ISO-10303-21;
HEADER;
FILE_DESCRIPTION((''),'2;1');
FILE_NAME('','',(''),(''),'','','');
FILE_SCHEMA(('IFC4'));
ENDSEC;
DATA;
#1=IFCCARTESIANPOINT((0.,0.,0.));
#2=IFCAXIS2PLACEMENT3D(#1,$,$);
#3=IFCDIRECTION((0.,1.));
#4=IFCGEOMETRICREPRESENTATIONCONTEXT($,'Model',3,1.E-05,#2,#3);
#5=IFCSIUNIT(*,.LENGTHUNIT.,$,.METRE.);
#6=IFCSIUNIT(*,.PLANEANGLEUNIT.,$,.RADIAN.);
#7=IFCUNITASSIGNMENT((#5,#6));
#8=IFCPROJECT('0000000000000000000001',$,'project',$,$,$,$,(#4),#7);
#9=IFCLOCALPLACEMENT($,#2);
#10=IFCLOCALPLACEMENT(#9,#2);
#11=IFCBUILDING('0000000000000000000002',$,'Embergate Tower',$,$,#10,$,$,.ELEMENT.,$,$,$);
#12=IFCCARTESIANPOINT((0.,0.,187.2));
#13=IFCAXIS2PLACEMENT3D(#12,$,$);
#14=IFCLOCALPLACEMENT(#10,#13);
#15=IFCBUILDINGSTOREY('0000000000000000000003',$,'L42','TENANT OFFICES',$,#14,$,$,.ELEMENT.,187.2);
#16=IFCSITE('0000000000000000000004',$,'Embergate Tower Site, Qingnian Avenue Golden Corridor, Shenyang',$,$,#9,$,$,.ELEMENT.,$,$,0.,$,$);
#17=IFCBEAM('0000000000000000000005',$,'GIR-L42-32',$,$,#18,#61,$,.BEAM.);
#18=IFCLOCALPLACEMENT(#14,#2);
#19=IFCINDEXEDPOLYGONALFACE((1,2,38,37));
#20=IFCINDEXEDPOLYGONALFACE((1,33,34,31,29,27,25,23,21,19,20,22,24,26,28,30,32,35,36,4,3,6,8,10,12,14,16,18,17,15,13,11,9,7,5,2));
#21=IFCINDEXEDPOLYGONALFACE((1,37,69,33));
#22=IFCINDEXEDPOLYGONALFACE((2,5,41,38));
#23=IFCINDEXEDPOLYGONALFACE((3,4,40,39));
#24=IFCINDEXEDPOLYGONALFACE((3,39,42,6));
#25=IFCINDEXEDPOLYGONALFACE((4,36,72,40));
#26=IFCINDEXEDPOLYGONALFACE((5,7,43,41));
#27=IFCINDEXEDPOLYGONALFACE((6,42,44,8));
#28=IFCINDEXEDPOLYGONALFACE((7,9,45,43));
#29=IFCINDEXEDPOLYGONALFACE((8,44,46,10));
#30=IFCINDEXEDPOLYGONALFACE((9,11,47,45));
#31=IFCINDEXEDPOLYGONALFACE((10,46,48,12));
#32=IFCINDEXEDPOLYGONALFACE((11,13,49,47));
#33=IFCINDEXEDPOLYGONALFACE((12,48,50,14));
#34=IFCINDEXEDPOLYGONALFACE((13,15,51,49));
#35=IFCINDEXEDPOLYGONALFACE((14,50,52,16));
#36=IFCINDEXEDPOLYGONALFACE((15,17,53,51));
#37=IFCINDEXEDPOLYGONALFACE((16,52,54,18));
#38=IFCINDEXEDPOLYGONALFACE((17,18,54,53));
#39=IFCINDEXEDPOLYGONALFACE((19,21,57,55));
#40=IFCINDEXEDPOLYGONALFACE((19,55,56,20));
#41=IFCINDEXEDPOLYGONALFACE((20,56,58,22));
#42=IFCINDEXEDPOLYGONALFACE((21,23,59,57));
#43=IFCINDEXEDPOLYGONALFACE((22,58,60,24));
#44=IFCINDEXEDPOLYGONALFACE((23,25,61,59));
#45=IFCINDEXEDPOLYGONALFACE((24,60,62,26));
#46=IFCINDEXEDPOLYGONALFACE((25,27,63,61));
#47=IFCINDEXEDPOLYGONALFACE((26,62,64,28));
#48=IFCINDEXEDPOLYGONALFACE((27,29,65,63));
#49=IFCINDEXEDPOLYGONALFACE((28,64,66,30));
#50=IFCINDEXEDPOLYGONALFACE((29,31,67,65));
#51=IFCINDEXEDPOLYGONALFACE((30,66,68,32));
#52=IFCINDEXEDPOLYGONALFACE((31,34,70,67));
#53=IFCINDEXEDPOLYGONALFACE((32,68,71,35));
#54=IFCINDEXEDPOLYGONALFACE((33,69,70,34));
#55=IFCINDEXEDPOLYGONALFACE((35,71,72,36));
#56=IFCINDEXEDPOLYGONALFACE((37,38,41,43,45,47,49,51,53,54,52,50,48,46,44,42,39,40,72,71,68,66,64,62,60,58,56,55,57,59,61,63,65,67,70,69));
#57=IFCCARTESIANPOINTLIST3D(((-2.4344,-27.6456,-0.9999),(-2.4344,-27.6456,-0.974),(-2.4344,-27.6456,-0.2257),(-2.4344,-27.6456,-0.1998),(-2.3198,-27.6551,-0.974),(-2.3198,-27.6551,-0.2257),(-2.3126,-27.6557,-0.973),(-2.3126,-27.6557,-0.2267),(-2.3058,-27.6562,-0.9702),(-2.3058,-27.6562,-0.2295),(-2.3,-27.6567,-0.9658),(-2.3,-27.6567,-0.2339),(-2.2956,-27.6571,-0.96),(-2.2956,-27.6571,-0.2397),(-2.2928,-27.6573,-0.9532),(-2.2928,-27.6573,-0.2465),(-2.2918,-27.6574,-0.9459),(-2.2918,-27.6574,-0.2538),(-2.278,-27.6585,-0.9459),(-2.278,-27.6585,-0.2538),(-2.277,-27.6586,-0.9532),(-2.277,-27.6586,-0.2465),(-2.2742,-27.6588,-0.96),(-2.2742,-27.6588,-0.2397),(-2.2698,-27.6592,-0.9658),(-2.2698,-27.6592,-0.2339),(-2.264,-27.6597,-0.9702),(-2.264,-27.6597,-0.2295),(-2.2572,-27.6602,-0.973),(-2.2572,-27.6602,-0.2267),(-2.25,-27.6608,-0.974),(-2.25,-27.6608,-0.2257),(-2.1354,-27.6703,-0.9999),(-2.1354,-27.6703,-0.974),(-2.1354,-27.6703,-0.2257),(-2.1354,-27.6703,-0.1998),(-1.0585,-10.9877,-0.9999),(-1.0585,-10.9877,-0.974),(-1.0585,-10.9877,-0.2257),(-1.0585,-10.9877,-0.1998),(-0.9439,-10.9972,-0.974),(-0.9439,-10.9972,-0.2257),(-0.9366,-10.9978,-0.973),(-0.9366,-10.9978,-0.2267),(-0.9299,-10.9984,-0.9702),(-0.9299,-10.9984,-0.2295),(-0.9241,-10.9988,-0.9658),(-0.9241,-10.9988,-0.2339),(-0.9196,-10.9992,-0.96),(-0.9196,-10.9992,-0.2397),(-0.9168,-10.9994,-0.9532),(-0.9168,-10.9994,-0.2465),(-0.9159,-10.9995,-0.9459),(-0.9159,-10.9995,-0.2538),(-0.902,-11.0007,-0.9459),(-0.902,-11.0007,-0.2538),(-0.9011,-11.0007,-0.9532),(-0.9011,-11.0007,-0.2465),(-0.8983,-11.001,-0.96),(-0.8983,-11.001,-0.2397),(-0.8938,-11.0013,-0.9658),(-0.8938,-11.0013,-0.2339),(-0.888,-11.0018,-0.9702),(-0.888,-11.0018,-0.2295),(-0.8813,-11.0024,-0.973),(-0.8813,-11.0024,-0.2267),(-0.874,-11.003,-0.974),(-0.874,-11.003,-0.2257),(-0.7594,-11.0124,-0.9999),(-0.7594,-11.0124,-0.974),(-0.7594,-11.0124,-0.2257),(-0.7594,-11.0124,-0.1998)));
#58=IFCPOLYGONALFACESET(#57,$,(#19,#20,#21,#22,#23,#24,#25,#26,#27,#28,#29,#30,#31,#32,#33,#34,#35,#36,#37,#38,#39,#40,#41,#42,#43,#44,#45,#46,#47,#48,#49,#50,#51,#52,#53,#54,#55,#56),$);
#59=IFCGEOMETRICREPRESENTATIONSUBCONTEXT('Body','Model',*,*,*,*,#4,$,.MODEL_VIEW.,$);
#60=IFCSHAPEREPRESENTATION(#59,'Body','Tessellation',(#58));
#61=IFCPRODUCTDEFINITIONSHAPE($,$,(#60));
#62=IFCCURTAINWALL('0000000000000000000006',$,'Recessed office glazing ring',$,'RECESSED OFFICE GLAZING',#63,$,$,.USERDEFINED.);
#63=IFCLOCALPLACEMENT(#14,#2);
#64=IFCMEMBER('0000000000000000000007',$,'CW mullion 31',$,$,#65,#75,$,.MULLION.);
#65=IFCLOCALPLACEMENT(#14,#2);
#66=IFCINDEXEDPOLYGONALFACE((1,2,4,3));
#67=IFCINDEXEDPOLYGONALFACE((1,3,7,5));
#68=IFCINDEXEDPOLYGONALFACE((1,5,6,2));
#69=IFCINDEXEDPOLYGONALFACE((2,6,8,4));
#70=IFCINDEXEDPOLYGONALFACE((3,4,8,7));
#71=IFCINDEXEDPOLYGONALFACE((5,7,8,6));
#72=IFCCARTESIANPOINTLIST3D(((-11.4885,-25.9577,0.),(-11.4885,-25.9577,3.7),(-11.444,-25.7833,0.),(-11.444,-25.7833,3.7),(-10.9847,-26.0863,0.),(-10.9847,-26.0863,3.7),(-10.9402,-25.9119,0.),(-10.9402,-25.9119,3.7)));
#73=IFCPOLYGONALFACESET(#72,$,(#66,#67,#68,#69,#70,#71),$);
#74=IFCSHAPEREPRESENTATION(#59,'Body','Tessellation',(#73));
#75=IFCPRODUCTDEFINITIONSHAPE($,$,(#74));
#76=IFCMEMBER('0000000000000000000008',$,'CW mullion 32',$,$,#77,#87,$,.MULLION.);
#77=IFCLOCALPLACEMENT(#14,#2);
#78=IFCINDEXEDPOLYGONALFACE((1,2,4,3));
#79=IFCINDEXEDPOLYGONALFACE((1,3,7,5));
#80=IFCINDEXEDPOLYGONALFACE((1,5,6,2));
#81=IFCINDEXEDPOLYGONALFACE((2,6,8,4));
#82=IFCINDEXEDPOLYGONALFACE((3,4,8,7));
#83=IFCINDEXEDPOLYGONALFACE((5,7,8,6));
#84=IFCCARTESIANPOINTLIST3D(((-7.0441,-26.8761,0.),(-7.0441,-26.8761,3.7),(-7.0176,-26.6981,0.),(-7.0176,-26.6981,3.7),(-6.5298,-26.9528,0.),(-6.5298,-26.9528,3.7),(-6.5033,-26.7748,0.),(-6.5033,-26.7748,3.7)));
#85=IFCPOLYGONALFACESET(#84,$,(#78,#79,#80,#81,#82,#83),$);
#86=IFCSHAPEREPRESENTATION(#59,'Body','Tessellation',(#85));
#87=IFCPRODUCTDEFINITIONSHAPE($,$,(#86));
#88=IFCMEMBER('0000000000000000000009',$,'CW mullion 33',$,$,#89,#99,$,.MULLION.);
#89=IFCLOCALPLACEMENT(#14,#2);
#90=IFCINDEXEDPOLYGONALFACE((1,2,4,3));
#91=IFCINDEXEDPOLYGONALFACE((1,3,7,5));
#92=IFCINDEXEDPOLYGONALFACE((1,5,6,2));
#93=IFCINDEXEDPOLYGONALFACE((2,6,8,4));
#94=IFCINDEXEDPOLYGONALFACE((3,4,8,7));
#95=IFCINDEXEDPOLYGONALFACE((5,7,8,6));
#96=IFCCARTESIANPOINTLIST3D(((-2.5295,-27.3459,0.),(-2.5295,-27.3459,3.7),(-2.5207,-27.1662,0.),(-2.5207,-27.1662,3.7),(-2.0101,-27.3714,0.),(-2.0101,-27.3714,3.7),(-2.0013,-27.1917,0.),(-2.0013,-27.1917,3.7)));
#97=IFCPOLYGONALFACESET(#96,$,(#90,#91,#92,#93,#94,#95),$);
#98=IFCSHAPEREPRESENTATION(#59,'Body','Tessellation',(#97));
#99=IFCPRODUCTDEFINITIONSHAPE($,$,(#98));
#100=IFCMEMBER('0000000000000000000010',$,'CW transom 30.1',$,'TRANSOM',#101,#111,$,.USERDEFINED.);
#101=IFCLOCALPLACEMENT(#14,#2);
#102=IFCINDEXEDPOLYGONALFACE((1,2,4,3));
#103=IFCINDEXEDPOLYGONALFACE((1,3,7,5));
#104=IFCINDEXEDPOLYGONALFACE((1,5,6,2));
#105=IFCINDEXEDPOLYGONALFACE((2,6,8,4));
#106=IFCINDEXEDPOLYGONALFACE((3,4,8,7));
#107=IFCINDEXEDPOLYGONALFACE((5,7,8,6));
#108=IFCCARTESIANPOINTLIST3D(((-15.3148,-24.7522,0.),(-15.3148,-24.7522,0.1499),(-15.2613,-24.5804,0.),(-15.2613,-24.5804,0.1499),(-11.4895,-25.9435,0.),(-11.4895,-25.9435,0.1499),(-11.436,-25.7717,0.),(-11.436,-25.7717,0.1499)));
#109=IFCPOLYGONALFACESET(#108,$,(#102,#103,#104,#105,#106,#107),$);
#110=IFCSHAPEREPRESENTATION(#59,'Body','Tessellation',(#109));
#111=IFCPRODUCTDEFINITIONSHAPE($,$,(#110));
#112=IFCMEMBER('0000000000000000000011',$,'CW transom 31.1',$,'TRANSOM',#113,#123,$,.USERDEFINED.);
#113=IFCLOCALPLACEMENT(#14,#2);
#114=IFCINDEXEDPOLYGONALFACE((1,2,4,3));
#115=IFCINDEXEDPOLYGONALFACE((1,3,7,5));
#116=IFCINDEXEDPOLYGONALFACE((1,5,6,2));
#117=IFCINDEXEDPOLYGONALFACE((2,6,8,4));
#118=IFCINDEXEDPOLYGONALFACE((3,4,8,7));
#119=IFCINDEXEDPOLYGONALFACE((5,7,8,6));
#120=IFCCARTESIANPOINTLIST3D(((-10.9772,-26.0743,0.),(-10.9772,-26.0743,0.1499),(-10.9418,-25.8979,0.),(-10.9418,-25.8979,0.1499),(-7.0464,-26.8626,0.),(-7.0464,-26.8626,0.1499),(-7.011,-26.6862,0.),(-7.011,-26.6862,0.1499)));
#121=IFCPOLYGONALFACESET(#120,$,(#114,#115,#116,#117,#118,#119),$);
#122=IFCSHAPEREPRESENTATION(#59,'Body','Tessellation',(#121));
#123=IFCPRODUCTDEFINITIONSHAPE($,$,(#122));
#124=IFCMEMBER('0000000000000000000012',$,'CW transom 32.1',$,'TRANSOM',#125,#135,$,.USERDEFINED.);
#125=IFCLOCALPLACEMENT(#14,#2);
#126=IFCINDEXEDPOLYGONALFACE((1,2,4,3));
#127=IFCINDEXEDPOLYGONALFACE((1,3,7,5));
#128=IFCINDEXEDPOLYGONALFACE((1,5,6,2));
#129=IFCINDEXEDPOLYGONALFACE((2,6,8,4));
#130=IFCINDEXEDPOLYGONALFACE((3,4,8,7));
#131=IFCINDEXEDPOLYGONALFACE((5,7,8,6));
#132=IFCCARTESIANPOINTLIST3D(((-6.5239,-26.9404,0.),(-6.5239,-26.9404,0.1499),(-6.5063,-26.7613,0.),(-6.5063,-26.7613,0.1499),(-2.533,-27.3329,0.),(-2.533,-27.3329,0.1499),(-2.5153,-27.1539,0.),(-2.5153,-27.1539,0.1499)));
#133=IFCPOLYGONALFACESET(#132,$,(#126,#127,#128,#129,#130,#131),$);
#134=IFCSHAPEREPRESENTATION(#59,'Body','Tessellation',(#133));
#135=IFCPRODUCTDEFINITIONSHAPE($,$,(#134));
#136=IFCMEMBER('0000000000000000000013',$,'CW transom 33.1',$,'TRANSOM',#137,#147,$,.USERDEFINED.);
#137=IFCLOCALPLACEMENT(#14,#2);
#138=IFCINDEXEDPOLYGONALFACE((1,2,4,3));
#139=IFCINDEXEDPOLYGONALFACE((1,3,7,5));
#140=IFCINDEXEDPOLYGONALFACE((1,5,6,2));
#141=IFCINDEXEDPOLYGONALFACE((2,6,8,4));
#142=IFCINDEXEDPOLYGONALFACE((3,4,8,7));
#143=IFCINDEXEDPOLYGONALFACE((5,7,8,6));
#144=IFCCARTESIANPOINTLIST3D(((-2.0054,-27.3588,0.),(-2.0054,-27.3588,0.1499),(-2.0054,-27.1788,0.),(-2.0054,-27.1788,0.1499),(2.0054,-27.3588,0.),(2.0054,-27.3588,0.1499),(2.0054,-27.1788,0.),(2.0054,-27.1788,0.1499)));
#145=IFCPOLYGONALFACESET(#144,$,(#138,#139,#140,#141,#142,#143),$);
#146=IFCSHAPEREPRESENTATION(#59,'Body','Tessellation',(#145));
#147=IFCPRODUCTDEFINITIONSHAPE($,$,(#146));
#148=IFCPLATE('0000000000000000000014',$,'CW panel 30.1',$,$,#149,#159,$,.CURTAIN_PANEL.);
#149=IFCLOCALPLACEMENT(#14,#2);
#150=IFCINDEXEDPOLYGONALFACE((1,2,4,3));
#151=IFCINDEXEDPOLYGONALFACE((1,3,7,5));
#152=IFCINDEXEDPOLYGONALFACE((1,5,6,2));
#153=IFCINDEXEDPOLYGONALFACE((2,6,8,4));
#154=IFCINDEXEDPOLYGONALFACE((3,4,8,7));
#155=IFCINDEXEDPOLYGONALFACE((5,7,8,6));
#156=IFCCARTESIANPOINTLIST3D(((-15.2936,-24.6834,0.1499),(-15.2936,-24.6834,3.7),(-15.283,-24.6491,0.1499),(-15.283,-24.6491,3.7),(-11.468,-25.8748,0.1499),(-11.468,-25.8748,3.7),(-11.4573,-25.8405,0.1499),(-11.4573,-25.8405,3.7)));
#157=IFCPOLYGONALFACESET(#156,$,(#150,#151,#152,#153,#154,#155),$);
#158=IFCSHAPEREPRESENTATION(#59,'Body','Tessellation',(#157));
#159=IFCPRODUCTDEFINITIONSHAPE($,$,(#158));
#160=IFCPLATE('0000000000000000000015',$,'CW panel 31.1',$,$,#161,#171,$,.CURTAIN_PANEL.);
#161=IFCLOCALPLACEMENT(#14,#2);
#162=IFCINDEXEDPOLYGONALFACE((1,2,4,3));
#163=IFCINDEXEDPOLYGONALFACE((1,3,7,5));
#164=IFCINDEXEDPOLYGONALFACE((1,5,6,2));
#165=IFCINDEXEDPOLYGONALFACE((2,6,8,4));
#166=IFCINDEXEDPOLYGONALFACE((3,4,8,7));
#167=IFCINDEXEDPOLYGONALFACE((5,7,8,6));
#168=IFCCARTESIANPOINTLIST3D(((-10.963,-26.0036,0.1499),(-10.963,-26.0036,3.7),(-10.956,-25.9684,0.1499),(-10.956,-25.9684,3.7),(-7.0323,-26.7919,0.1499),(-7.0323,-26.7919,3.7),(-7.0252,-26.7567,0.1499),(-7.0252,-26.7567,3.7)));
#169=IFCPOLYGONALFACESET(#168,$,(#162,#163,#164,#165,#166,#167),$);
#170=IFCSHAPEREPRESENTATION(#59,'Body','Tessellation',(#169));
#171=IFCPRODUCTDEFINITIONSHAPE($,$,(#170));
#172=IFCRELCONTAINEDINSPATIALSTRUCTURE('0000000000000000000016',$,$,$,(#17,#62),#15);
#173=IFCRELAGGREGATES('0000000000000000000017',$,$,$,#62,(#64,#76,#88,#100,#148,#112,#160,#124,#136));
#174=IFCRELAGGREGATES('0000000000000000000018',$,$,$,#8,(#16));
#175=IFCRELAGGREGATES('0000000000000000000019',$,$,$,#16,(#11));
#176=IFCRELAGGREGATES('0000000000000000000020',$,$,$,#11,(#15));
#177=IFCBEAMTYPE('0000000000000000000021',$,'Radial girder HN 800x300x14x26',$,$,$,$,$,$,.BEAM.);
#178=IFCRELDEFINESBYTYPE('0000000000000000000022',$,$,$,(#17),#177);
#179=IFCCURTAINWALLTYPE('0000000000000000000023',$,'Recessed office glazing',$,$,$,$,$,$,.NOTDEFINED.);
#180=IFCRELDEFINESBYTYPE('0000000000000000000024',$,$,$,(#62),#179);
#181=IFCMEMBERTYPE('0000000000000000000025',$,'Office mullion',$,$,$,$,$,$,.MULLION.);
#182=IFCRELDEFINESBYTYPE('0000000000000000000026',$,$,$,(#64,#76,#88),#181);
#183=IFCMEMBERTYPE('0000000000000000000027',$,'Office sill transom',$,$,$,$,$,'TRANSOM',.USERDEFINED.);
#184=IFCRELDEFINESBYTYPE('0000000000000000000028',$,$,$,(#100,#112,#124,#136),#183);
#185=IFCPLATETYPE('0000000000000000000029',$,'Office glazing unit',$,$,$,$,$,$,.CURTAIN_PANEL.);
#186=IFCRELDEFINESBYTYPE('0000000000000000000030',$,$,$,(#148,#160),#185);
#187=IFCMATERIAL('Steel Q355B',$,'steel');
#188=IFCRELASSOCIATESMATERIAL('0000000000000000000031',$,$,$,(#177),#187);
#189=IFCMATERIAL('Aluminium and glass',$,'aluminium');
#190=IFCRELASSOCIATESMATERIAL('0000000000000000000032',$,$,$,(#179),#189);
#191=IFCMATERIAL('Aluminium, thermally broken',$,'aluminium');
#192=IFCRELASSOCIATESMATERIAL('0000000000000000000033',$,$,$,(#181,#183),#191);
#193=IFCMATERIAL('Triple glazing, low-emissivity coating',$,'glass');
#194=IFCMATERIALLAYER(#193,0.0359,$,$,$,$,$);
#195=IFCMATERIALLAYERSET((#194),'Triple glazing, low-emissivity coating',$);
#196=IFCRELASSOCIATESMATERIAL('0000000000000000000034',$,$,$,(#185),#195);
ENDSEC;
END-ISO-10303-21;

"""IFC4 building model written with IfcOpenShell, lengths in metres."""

from ifc_helpers import new_model, si_unit, direction, frame, origin, origin_2d, place, context, subcontext, project, spatial, rectangle, i_section, extrude, source, transform, mapped, material, layer, layer_set, material_profile, profile_set, type_object, element, aggregate, save


model = new_model("IFC4")

# Units and contexts
model_context = context("Model", 3, precision=1e-05, world=origin(), true_north=direction((0.0, 1.0)))
body_context = subcontext(model_context, "Body", "Model", "MODEL_VIEW")
ifc_project = project(units=[si_unit("LENGTHUNIT", "METRE"), si_unit("PLANEANGLEUNIT", "RADIAN")], contexts=[model_context])

# Site, building, storey
site_placement = place(None, origin())
site = spatial("IfcSite", under=ifc_project, at=site_placement, Name="Embergate Tower Site, Qingnian Avenue Golden Corridor, Shenyang", CompositionType="ELEMENT", RefElevation=0.0)
building_placement = place(site_placement, origin())
building = spatial("IfcBuilding", under=site, at=building_placement, Name="Embergate Tower", CompositionType="ELEMENT")
storey_placement = place(building_placement, frame((0.0, 0.0, 187.2)))
storey = spatial("IfcBuildingStorey", under=building, at=storey_placement, Name="L42", Description="TENANT OFFICES", CompositionType="ELEMENT", Elevation=187.2)

# Beam
ifc_material_1 = material(Name="Steel Q355B", Category="steel")
ifc_material_profile_1 = material_profile(ifc_material_1, i_section(OverallWidth=0.3, OverallDepth=0.8, WebThickness=0.0139, FlangeThickness=0.0259, FilletRadius=0.0281, at=origin_2d()), Name="HN 800x300x14x26")
ifc_profile_set_1 = profile_set([ifc_material_profile_1], Name="Steel Q355 grade B")
beam_type_1 = type_object("IfcBeamType", Name="Radial girder HN 800x300x14x26", PredefinedType="BEAM", material=ifc_profile_set_1)
shared_shape_1 = source(origin(), body_context, "Body", "SweptSolid", [
    extrude(i_section(OverallWidth=0.3, OverallDepth=0.8, WebThickness=0.0139, FlangeThickness=0.0259, FilletRadius=0.0281, at=origin_2d()), origin(), (0.0, 0.0, 1.0), 16.7146),
])
beam_1_placement = place(storey_placement, frame((-2.2849, -27.658, -0.5999), z_axis=(0.082321, 0.996606, 0.0), x_axis=(-0.996606, 0.082321, 0.0)))
element("IfcBeam", 1, at=beam_1_placement, inside=storey, type_object=beam_type_1, Name="GIR-L42-32", PredefinedType="BEAM", context=body_context, shape_type="MappedRepresentation", body=[
    mapped(shared_shape_1, transform((0.0, 0.0, 0.0))),
])

# Curtain wall, members
ifc_material_2 = material(Name="Aluminium and glass", Category="aluminium")
curtain_wall_type = type_object("IfcCurtainWallType", Name="Recessed office glazing", PredefinedType="NOTDEFINED", material=ifc_material_2)
curtain_wall_placement = place(storey_placement, origin())
curtain_wall = element("IfcCurtainWall", 2, at=curtain_wall_placement, inside=storey, type_object=curtain_wall_type, Name="Recessed office glazing ring", ObjectType="RECESSED OFFICE GLAZING", PredefinedType="USERDEFINED")
ifc_material_3 = material(Name="Aluminium, thermally broken", Category="aluminium")
ifc_material_profile_2 = material_profile(ifc_material_3, rectangle(XDim=0.1799, YDim=0.52, at=origin_2d()), Name="AL 520x180")
ifc_profile_set_2 = profile_set([ifc_material_profile_2], Name="Aluminium, thermally broken")
member_type_1 = type_object("IfcMemberType", Name="Office mullion", PredefinedType="MULLION", material=ifc_profile_set_2)
shared_shape_2 = source(origin(), body_context, "Body", "SweptSolid", [
    extrude(rectangle(XDim=0.1799, YDim=0.52, at=origin_2d()), origin(), (0.0, 0.0, 1.0), 3.7),
])
member_1_placement = place(storey_placement, frame((-11.2144, -25.9348, 0.0), z_axis=(0.0, 0.0, 1.0), x_axis=(0.247314, 0.968935, 0.0)))
member_1 = element("IfcMember", 3, at=member_1_placement, type_object=member_type_1, Name="CW mullion 31", PredefinedType="MULLION", context=body_context, shape_type="MappedRepresentation", body=[
    mapped(shared_shape_2, transform((0.0, 0.0, 0.0))),
])
member_2_placement = place(storey_placement, frame((-6.7737, -26.8254, 0.0), z_axis=(0.0, 0.0, 1.0), x_axis=(0.147412, 0.989075, 0.0)))
member_2 = element("IfcMember", 4, at=member_2_placement, type_object=member_type_1, Name="CW mullion 32", PredefinedType="MULLION", context=body_context, shape_type="MappedRepresentation", body=[
    mapped(shared_shape_2, transform((0.0, 0.0, 0.0))),
])
member_3_placement = place(storey_placement, frame((-2.2654, -27.2688, 0.0), z_axis=(0.0, 0.0, 1.0), x_axis=(0.048972, 0.9988, 0.0)))
member_3 = element("IfcMember", 5, at=member_3_placement, type_object=member_type_1, Name="CW mullion 33", PredefinedType="MULLION", context=body_context, shape_type="MappedRepresentation", body=[
    mapped(shared_shape_2, transform((0.0, 0.0, 0.0))),
])
ifc_material_profile_3 = material_profile(ifc_material_3, rectangle(XDim=0.1799, YDim=0.1499, at=origin_2d()), Name="AL 150x180")
ifc_profile_set_3 = profile_set([ifc_material_profile_3], Name="Aluminium, thermally broken")
member_type_2 = type_object("IfcMemberType", Name="Office sill transom", ElementType="TRANSOM", PredefinedType="USERDEFINED", material=ifc_profile_set_3)
shared_shape_3 = source(origin(), body_context, "Body", "SweptSolid", [
    extrude(rectangle(XDim=0.1799, YDim=0.1499, at=origin_2d()), origin(), (0.0, 0.0, 1.0), 4.0066),
])
member_4_placement = place(storey_placement, frame((-15.2881, -24.6663, 0.075), z_axis=(0.954767, -0.297355, 0.0), x_axis=(0.297355, 0.954767, 0.0)))
member_4 = element("IfcMember", 6, at=member_4_placement, type_object=member_type_2, Name="CW transom 30.1", ObjectType="TRANSOM", PredefinedType="USERDEFINED", context=body_context, shape_type="MappedRepresentation", body=[
    mapped(shared_shape_3, transform((0.0, 0.0, 0.0))),
])
shared_shape_4 = source(origin(), body_context, "Body", "SweptSolid", [
    extrude(rectangle(XDim=0.1799, YDim=0.1499, at=origin_2d()), origin(), (0.0, 0.0, 1.0), 4.009),
])
member_5_placement = place(storey_placement, frame((-10.9595, -25.9861, 0.075), z_axis=(0.980475, -0.196643, 0.0), x_axis=(0.196643, 0.980475, 0.0)))
member_5 = element("IfcMember", 7, at=member_5_placement, type_object=member_type_2, Name="CW transom 31.1", ObjectType="TRANSOM", PredefinedType="USERDEFINED", context=body_context, shape_type="MappedRepresentation", body=[
    mapped(shared_shape_4, transform((0.0, 0.0, 0.0))),
])
shared_shape_5 = source(origin(), body_context, "Body", "SweptSolid", [
    extrude(rectangle(XDim=0.1799, YDim=0.1499, at=origin_2d()), origin(), (0.0, 0.0, 1.0), 4.0103),
])
member_6_placement = place(storey_placement, frame((-6.5151, -26.8508, 0.075), z_axis=(0.995197, -0.097894, 0.0), x_axis=(0.097894, 0.995197, 0.0)))
member_6 = element("IfcMember", 8, at=member_6_placement, type_object=member_type_2, Name="CW transom 32.1", ObjectType="TRANSOM", PredefinedType="USERDEFINED", context=body_context, shape_type="MappedRepresentation", body=[
    mapped(shared_shape_5, transform((0.0, 0.0, 0.0))),
])
shared_shape_6 = source(origin(), body_context, "Body", "SweptSolid", [
    extrude(rectangle(XDim=0.1799, YDim=0.1499, at=origin_2d()), origin(), (0.0, 0.0, 1.0), 4.0107),
])
member_7_placement = place(storey_placement, frame((-2.0054, -27.2688, 0.075), z_axis=(1.0, 0.0, 0.0), x_axis=(0.0, 1.0, 0.0)))
member_7 = element("IfcMember", 9, at=member_7_placement, type_object=member_type_2, Name="CW transom 33.1", ObjectType="TRANSOM", PredefinedType="USERDEFINED", context=body_context, shape_type="MappedRepresentation", body=[
    mapped(shared_shape_6, transform((0.0, 0.0, 0.0))),
])

# Plates
ifc_material_4 = material(Name="Triple glazing, low-emissivity coating", Category="glass")
ifc_layer_1 = layer(ifc_material_4, 0.0359)
ifc_layer_set_1 = layer_set([ifc_layer_1], Name="Triple glazing, low-emissivity coating")
plate_type = type_object("IfcPlateType", Name="Office glazing unit", PredefinedType="CURTAIN_PANEL", material=ifc_layer_set_1)
shared_shape_7 = source(origin(), body_context, "Body", "SweptSolid", [
    extrude(rectangle(XDim=4.0068, YDim=0.0359, at=origin_2d()), origin(), (0.0, 0.0, 1.0), 3.55),
])
plate_1_placement = place(storey_placement, frame((-13.3755, -25.262, 0.1499), z_axis=(0.0, 0.0, 1.0), x_axis=(0.954771, -0.297342, 0.0)))
plate_1 = element("IfcPlate", 10, at=plate_1_placement, type_object=plate_type, Name="CW panel 30.1", PredefinedType="CURTAIN_PANEL", context=body_context, shape_type="MappedRepresentation", body=[
    mapped(shared_shape_7, transform((0.0, 0.0, 0.0))),
])
shared_shape_8 = source(origin(), body_context, "Body", "SweptSolid", [
    extrude(rectangle(XDim=4.009, YDim=0.0359, at=origin_2d()), origin(), (0.0, 0.0, 1.0), 3.55),
])
plate_2_placement = place(storey_placement, frame((-8.9941, -26.3801, 0.1499), z_axis=(0.0, 0.0, 1.0), x_axis=(0.980476, -0.196641, 0.0)))
plate_2 = element("IfcPlate", 11, at=plate_2_placement, type_object=plate_type, Name="CW panel 31.1", PredefinedType="CURTAIN_PANEL", context=body_context, shape_type="MappedRepresentation", body=[
    mapped(shared_shape_8, transform((0.0, 0.0, 0.0))),
])
aggregate(curtain_wall, [member_1, member_2, member_3, member_4, plate_1, member_5, plate_2, member_6, member_7])

save(model, "model.ifc")
